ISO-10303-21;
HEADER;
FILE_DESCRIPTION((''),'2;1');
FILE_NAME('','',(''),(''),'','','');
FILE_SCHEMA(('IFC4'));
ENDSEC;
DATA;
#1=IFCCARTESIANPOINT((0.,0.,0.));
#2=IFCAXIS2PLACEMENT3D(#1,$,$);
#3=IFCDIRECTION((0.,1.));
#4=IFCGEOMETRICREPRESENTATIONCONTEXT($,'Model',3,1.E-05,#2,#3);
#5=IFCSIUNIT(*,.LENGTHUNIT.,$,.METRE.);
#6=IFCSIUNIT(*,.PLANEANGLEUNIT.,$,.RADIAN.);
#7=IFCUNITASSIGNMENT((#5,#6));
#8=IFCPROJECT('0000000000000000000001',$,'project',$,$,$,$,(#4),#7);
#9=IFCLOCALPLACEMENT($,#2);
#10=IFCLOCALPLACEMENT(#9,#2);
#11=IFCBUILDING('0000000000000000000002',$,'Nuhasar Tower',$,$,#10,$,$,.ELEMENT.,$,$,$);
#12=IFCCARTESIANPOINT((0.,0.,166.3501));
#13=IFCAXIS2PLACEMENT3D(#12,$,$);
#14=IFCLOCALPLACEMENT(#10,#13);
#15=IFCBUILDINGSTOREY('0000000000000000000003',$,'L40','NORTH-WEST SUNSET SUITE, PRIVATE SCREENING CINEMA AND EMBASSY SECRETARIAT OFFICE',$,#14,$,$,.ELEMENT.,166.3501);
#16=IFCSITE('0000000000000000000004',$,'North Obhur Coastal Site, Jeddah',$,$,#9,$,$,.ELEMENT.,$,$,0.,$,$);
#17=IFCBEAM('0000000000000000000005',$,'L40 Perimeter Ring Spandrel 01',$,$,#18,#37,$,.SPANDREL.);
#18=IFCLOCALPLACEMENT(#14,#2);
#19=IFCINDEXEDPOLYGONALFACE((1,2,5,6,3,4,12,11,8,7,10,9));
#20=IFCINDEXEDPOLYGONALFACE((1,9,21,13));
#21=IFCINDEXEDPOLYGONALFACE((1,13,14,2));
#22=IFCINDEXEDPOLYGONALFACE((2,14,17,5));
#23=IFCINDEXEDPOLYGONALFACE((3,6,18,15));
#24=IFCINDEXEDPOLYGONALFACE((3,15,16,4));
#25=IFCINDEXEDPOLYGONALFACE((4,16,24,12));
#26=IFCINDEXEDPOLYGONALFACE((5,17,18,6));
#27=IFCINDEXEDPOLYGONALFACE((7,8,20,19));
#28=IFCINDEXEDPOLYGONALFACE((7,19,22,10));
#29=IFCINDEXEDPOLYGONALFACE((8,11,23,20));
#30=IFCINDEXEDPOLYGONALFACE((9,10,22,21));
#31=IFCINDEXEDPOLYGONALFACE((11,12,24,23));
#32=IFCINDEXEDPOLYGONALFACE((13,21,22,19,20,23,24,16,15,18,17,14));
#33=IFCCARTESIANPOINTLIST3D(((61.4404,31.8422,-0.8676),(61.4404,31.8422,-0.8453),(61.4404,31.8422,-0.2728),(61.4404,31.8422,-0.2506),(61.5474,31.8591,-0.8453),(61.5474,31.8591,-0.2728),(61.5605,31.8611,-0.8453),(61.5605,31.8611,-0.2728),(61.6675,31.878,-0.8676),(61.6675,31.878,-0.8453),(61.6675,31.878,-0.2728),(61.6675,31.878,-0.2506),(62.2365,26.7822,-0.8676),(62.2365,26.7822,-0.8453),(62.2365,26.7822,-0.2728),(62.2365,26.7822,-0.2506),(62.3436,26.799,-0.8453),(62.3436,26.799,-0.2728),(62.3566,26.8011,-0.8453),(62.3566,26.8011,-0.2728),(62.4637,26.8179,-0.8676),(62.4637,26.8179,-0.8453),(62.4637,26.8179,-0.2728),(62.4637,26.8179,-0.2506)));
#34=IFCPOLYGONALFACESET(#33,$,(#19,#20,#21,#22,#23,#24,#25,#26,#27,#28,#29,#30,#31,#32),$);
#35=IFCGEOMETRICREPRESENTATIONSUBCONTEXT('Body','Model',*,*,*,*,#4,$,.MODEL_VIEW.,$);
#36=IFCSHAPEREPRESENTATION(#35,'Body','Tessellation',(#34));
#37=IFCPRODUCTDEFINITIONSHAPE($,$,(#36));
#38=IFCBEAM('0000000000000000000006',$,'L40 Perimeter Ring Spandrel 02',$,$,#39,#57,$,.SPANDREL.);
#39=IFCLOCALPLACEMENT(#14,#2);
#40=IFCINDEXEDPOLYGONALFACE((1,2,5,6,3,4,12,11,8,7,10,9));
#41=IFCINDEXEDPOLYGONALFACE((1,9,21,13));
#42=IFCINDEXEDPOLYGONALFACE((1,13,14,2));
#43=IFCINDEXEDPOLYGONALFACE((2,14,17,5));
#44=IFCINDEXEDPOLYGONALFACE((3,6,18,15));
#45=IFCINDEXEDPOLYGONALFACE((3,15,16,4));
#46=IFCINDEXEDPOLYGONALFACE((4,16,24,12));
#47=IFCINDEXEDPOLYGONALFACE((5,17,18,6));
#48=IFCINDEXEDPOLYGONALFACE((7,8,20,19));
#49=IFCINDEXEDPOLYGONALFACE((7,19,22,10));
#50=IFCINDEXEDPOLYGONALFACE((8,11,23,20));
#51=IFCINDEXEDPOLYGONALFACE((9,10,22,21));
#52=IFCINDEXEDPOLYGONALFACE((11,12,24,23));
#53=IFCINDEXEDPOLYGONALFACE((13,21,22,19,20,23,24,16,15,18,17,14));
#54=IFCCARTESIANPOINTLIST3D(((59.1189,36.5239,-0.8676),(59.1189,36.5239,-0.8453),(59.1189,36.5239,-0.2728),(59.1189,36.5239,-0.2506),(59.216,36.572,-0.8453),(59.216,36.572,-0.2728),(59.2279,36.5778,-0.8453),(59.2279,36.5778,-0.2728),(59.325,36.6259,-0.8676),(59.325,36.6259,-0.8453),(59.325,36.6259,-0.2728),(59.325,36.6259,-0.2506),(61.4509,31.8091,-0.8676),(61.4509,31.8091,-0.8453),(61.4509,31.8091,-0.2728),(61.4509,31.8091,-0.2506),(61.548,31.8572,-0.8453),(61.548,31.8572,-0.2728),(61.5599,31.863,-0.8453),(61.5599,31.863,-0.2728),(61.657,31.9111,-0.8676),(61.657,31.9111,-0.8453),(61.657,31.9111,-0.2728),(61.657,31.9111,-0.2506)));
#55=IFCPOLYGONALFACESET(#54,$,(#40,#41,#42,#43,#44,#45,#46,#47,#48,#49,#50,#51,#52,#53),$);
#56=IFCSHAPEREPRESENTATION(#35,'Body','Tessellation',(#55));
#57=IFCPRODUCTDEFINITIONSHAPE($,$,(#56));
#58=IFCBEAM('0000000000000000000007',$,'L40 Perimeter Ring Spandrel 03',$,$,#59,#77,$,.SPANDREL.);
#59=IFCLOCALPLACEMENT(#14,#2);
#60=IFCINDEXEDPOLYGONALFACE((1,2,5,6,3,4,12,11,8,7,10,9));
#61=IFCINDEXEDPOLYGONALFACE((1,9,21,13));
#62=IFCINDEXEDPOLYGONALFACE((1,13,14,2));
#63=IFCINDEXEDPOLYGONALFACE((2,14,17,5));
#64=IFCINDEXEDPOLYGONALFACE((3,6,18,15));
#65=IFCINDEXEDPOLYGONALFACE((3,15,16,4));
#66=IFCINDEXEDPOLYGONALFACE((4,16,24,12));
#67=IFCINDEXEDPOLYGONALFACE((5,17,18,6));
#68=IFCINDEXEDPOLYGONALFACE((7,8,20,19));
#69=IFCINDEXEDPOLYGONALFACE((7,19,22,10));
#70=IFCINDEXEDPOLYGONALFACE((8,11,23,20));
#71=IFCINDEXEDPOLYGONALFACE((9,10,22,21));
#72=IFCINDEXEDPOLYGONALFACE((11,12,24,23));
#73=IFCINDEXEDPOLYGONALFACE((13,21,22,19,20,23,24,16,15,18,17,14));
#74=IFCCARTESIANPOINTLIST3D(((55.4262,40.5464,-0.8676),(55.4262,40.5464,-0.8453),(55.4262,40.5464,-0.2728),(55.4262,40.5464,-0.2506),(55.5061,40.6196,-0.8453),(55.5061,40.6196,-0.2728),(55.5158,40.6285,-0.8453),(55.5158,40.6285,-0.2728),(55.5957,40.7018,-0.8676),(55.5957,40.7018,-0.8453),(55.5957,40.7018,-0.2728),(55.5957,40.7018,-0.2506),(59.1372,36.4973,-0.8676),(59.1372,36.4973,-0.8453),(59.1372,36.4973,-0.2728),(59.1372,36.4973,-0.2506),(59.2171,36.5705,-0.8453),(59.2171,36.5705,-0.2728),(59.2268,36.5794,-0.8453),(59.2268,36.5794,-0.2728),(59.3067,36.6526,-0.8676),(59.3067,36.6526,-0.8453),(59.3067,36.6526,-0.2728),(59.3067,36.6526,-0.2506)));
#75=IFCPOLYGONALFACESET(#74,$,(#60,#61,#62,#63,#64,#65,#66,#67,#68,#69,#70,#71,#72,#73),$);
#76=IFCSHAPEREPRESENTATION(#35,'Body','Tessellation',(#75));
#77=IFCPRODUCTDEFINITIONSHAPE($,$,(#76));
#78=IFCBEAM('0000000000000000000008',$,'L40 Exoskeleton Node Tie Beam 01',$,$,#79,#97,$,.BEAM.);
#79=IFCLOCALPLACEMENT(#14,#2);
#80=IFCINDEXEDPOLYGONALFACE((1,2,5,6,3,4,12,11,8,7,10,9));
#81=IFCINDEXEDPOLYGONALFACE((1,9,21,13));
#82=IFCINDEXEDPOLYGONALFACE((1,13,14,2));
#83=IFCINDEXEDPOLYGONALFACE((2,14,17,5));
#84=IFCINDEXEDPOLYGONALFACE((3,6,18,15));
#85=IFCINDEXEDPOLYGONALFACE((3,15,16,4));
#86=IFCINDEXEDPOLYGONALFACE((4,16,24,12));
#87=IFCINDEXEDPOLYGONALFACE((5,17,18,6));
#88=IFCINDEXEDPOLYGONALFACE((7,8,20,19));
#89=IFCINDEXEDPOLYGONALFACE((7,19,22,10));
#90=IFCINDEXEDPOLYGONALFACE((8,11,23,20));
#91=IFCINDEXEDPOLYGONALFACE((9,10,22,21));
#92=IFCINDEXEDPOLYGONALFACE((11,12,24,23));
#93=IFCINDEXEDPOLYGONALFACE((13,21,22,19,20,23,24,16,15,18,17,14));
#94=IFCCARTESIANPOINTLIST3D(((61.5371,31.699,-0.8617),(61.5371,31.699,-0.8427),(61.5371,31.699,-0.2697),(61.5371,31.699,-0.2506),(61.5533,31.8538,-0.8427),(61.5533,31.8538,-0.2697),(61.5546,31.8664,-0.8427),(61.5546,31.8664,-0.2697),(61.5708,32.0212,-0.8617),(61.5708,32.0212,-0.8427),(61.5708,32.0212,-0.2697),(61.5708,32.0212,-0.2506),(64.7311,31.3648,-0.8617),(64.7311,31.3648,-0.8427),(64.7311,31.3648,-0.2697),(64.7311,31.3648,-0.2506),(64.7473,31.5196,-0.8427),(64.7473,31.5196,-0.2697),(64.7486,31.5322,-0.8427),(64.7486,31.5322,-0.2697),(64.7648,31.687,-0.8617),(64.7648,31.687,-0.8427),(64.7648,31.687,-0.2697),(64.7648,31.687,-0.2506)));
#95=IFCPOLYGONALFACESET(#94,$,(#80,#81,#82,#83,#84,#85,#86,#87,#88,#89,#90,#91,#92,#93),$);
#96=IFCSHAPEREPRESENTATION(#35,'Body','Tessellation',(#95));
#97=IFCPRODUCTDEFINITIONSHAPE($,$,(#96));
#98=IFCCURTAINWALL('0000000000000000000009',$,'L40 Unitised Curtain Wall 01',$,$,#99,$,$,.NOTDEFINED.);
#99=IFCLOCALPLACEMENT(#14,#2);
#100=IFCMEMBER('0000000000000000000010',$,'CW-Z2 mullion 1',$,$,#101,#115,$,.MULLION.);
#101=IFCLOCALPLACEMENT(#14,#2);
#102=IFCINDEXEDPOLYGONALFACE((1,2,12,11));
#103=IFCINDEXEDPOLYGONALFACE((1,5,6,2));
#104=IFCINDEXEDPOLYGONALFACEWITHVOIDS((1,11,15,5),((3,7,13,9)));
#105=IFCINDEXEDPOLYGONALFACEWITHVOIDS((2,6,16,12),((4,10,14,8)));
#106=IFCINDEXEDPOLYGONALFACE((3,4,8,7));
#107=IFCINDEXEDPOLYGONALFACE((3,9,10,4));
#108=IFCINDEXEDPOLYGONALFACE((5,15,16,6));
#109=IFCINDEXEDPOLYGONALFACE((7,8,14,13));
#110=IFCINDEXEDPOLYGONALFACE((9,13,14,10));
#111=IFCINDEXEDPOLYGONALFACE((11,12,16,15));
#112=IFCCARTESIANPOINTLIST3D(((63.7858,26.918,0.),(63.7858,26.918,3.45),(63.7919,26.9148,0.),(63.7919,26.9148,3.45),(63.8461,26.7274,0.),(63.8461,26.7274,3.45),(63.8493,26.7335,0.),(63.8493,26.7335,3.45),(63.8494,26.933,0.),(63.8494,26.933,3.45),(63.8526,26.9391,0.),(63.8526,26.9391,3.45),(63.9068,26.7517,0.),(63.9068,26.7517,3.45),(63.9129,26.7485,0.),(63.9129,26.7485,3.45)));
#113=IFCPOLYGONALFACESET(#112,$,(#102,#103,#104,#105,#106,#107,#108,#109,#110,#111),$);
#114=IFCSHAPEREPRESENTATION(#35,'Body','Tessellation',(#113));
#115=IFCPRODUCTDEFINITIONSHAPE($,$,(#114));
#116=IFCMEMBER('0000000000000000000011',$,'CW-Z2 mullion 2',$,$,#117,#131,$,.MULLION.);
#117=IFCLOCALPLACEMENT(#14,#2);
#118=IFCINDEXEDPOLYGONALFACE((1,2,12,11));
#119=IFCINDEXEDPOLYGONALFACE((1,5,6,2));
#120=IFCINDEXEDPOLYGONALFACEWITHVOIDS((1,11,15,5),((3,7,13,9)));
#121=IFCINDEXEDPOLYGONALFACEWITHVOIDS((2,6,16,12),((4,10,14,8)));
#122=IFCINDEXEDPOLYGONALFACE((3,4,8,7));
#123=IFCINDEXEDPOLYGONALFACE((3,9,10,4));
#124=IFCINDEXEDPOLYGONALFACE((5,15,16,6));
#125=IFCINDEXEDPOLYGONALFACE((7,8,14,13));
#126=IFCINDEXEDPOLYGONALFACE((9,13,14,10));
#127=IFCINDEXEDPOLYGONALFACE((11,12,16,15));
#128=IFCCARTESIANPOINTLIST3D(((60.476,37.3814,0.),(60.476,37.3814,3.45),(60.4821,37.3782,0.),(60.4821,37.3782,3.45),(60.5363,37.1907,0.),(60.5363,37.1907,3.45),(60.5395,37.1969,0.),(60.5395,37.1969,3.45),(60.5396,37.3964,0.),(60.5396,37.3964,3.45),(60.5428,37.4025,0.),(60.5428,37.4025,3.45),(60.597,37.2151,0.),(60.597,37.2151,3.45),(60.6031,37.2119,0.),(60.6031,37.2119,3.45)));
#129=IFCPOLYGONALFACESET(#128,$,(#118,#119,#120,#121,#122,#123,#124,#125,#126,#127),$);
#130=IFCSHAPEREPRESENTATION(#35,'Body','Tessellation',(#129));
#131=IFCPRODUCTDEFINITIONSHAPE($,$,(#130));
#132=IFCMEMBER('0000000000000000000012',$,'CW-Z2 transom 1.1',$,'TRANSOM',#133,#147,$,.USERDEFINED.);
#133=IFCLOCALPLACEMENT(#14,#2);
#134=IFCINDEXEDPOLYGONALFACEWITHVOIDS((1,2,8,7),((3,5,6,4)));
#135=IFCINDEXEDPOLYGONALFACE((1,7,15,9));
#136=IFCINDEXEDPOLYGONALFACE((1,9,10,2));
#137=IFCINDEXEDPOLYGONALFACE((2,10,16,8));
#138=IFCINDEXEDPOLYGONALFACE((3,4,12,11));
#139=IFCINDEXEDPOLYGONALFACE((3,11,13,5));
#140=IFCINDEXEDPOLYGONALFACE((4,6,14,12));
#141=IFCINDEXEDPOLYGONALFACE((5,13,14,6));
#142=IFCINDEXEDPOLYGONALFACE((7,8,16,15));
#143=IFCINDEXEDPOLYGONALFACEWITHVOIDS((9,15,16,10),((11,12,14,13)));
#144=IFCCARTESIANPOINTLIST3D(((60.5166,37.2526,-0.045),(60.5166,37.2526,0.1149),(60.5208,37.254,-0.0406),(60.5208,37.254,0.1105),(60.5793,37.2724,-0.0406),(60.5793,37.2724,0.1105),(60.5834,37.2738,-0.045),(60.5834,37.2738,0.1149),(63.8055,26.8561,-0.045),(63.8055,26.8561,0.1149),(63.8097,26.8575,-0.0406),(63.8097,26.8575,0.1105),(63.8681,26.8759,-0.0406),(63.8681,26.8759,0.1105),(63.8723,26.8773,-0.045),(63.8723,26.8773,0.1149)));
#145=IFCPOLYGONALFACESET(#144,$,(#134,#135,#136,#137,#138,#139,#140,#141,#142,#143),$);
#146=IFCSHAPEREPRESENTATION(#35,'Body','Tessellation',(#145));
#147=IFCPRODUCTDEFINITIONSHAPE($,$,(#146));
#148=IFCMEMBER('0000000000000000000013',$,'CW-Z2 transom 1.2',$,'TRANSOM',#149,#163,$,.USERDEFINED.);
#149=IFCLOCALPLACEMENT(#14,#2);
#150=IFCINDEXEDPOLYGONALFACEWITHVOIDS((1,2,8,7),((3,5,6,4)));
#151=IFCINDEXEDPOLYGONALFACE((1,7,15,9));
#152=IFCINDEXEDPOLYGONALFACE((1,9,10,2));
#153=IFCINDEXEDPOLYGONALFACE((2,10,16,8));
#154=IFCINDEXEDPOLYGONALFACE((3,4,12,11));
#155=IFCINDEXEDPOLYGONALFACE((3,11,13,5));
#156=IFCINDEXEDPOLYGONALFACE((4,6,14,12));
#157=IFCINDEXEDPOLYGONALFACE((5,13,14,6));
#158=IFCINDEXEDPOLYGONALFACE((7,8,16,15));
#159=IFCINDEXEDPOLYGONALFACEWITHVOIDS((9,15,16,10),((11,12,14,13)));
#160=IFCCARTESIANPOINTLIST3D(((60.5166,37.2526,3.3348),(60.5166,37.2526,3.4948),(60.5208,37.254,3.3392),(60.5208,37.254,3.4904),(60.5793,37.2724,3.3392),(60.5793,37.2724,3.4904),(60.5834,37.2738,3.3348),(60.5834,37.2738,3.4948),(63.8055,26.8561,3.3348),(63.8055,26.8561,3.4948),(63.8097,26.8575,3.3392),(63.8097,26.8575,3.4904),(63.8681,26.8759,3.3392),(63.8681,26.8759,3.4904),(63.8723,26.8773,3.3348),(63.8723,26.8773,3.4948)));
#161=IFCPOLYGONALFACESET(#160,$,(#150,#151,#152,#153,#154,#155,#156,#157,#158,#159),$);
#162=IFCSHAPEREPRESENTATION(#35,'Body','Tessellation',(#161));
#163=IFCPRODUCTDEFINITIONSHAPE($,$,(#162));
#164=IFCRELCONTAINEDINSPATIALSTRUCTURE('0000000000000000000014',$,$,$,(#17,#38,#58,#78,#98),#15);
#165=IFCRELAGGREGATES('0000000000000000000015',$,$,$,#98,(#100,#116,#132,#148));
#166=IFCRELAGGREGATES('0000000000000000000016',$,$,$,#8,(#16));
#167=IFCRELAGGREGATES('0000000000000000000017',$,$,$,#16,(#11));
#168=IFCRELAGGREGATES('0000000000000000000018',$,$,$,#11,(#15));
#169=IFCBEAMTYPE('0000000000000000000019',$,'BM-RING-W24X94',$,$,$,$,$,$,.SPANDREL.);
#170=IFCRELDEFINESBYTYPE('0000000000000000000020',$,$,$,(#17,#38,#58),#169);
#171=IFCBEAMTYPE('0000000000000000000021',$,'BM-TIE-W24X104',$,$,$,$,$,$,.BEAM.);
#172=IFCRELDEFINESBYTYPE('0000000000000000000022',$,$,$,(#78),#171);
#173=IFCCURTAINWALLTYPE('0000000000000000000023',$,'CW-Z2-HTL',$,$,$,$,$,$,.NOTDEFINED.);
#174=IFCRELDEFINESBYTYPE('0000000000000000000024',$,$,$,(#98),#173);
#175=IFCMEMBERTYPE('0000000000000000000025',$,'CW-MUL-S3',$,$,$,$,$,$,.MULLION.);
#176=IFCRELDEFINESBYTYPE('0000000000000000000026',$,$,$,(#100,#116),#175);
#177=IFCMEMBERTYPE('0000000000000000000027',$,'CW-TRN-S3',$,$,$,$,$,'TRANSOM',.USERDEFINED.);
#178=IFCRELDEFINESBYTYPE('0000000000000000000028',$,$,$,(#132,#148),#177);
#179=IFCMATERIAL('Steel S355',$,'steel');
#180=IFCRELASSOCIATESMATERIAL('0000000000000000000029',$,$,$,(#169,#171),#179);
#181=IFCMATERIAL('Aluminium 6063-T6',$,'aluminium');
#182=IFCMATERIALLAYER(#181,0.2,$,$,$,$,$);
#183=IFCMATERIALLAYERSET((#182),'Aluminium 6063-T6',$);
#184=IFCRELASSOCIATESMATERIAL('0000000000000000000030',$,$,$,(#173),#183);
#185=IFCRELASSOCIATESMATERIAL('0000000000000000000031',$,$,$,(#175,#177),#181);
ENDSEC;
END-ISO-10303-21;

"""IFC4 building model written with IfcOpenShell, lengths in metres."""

from ifc_helpers import new_model, si_unit, direction, frame, origin, origin_2d, place, context, subcontext, project, spatial, hollow_rectangle, i_section, extrude, material, layer, layer_set, material_profile, profile_set, type_object, element, aggregate, save


model = new_model("IFC4")

# Units and contexts
model_context = context("Model", 3, precision=1e-05, world=origin(), true_north=direction((0.0, 1.0)))
body_context = subcontext(model_context, "Body", "Model", "MODEL_VIEW")
ifc_project = project(units=[si_unit("LENGTHUNIT", "METRE"), si_unit("PLANEANGLEUNIT", "RADIAN")], contexts=[model_context])

# Site, building, storey
site_placement = place(None, origin())
site = spatial("IfcSite", under=ifc_project, at=site_placement, Name="North Obhur Coastal Site, Jeddah", CompositionType="ELEMENT", RefElevation=0.0)
building_placement = place(site_placement, origin())
building = spatial("IfcBuilding", under=site, at=building_placement, Name="Nuhasar Tower", CompositionType="ELEMENT")
storey_placement = place(building_placement, frame((0.0, 0.0, 166.3501)))
storey = spatial("IfcBuildingStorey", under=building, at=storey_placement, Name="L40", Description="NORTH-WEST SUNSET SUITE, PRIVATE SCREENING CINEMA AND EMBASSY SECRETARIAT OFFICE", CompositionType="ELEMENT", Elevation=166.3501)

# Beams
ifc_material_1 = material(Name="Steel S355", Category="steel")
ifc_material_profile_1 = material_profile(ifc_material_1, i_section(OverallWidth=0.23, OverallDepth=0.6169, WebThickness=0.0132, FlangeThickness=0.0222, at=origin_2d()), Name="W24X94")
ifc_profile_set_1 = profile_set([ifc_material_profile_1], Name="Steel S355")
beam_type_1 = type_object("IfcBeamType", Name="BM-RING-W24X94", PredefinedType="SPANDREL", material=ifc_profile_set_1)
beam_1_placement = place(storey_placement, frame((62.3501, 26.8, -0.5591), z_axis=(-0.155427, 0.987847, 0.0), x_axis=(-0.987847, -0.155427, 0.0)))
element("IfcBeam", 1, at=beam_1_placement, inside=storey, type_object=beam_type_1, Name="L40 Perimeter Ring Spandrel 01", PredefinedType="SPANDREL", context=body_context, shape_type="SweptSolid", body=[
    extrude(i_section(OverallWidth=0.23, OverallDepth=0.6169, WebThickness=0.0132, FlangeThickness=0.0222, at=origin_2d()), origin(), (0.0, 0.0, 1.0), 5.1223),
])
beam_2_placement = place(storey_placement, frame((61.554, 31.8601, -0.5591), z_axis=(-0.443348, 0.89635, 0.0), x_axis=(-0.89635, -0.443348, 0.0)))
element("IfcBeam", 2, at=beam_2_placement, inside=storey, type_object=beam_type_1, Name="L40 Perimeter Ring Spandrel 02", PredefinedType="SPANDREL", context=body_context, shape_type="SweptSolid", body=[
    extrude(i_section(OverallWidth=0.23, OverallDepth=0.6169, WebThickness=0.0132, FlangeThickness=0.0222, at=origin_2d()), origin(), (0.0, 0.0, 1.0), 5.26),
])
beam_3_placement = place(storey_placement, frame((59.2219, 36.575, -0.5591), z_axis=(-0.675654, 0.737219, 0.0), x_axis=(-0.737219, -0.675654, 0.0)))
element("IfcBeam", 3, at=beam_3_placement, inside=storey, type_object=beam_type_1, Name="L40 Perimeter Ring Spandrel 03", PredefinedType="SPANDREL", context=body_context, shape_type="SweptSolid", body=[
    extrude(i_section(OverallWidth=0.23, OverallDepth=0.6169, WebThickness=0.0132, FlangeThickness=0.0222, at=origin_2d()), origin(), (0.0, 0.0, 1.0), 5.4924),
])
ifc_material_profile_2 = material_profile(ifc_material_1, i_section(OverallWidth=0.324, OverallDepth=0.6111, WebThickness=0.0127, FlangeThickness=0.019, at=origin_2d()), Name="W24X104")
ifc_profile_set_2 = profile_set([ifc_material_profile_2], Name="Steel S355")
beam_type_2 = type_object("IfcBeamType", Name="BM-TIE-W24X104", PredefinedType="BEAM", material=ifc_profile_set_2)
beam_4_placement = place(storey_placement, frame((61.554, 31.8601, -0.5562), z_axis=(0.99457, -0.104071, 0.0), x_axis=(0.104071, 0.99457, 0.0)))
element("IfcBeam", 4, at=beam_4_placement, inside=storey, type_object=beam_type_2, Name="L40 Exoskeleton Node Tie Beam 01", PredefinedType="BEAM", context=body_context, shape_type="SweptSolid", body=[
    extrude(i_section(OverallWidth=0.324, OverallDepth=0.6111, WebThickness=0.0127, FlangeThickness=0.019, at=origin_2d()), origin(), (0.0, 0.0, 1.0), 3.2114),
])

# Curtain wall, members
ifc_material_2 = material(Name="Aluminium 6063-T6", Category="aluminium")
ifc_layer_1 = layer(ifc_material_2, 0.2)
ifc_layer_set_1 = layer_set([ifc_layer_1], Name="Aluminium 6063-T6")
curtain_wall_type = type_object("IfcCurtainWallType", Name="CW-Z2-HTL", PredefinedType="NOTDEFINED", material=ifc_layer_set_1)
curtain_wall_placement = place(storey_placement, origin())
curtain_wall = element("IfcCurtainWall", 5, at=curtain_wall_placement, inside=storey, type_object=curtain_wall_type, Name="L40 Unitised Curtain Wall 01", PredefinedType="NOTDEFINED")
ifc_material_profile_3 = material_profile(ifc_material_2, hollow_rectangle(XDim=0.0701, YDim=0.2, WallThickness=0.0049, at=origin_2d()), Name="CWM-3")
ifc_profile_set_3 = profile_set([ifc_material_profile_3], Name="Aluminium 6063-T6")
member_type_1 = type_object("IfcMemberType", Name="CW-MUL-S3", PredefinedType="MULLION", material=ifc_profile_set_3)
member_1_placement = place(storey_placement, frame((63.8494, 26.8333, 0.0), z_axis=(0.0, 0.0, 1.0), x_axis=(-0.953433, -0.301604, 0.0)))
member_1 = element("IfcMember", 6, at=member_1_placement, type_object=member_type_1, Name="CW-Z2 mullion 1", PredefinedType="MULLION", context=body_context, shape_type="SweptSolid", body=[
    extrude(hollow_rectangle(XDim=0.0701, YDim=0.2, WallThickness=0.0049, at=origin_2d()), origin(), (0.0, 0.0, 1.0), 3.45),
])
member_2_placement = place(storey_placement, frame((60.5396, 37.2966, 0.0), z_axis=(0.0, 0.0, 1.0), x_axis=(-0.953433, -0.301604, 0.0)))
member_2 = element("IfcMember", 7, at=member_2_placement, type_object=member_type_1, Name="CW-Z2 mullion 2", PredefinedType="MULLION", context=body_context, shape_type="SweptSolid", body=[
    extrude(hollow_rectangle(XDim=0.0701, YDim=0.2, WallThickness=0.0049, at=origin_2d()), origin(), (0.0, 0.0, 1.0), 3.45),
])
ifc_material_profile_4 = material_profile(ifc_material_2, hollow_rectangle(XDim=0.0701, YDim=0.1599, WallThickness=0.0044, at=origin_2d()), Name="CWT-3")
ifc_profile_set_4 = profile_set([ifc_material_profile_4], Name="Aluminium 6063-T6")
member_type_2 = type_object("IfcMemberType", Name="CW-TRN-S3", ElementType="TRANSOM", PredefinedType="USERDEFINED", material=ifc_profile_set_4)
member_3_placement = place(storey_placement, frame((63.8389, 26.8667, 0.0349), z_axis=(-0.301608, 0.953432, 0.0), x_axis=(-0.953432, -0.301608, 0.0)))
member_3 = element("IfcMember", 8, at=member_3_placement, type_object=member_type_2, Name="CW-Z2 transom 1.1", ObjectType="TRANSOM", PredefinedType="USERDEFINED", context=body_context, shape_type="SweptSolid", body=[
    extrude(hollow_rectangle(XDim=0.0701, YDim=0.1599, WallThickness=0.0044, at=origin_2d()), origin(), (0.0, 0.0, 1.0), 10.9043),
])
member_4_placement = place(storey_placement, frame((63.8389, 26.8667, 3.4148), z_axis=(-0.301608, 0.953432, 0.0), x_axis=(-0.953432, -0.301608, 0.0)))
member_4 = element("IfcMember", 9, at=member_4_placement, type_object=member_type_2, Name="CW-Z2 transom 1.2", ObjectType="TRANSOM", PredefinedType="USERDEFINED", context=body_context, shape_type="SweptSolid", body=[
    extrude(hollow_rectangle(XDim=0.0701, YDim=0.1599, WallThickness=0.0044, at=origin_2d()), origin(), (0.0, 0.0, 1.0), 10.9043),
])

aggregate(curtain_wall, [member_1, member_2, member_3, member_4])

save(model, "model.ifc")
